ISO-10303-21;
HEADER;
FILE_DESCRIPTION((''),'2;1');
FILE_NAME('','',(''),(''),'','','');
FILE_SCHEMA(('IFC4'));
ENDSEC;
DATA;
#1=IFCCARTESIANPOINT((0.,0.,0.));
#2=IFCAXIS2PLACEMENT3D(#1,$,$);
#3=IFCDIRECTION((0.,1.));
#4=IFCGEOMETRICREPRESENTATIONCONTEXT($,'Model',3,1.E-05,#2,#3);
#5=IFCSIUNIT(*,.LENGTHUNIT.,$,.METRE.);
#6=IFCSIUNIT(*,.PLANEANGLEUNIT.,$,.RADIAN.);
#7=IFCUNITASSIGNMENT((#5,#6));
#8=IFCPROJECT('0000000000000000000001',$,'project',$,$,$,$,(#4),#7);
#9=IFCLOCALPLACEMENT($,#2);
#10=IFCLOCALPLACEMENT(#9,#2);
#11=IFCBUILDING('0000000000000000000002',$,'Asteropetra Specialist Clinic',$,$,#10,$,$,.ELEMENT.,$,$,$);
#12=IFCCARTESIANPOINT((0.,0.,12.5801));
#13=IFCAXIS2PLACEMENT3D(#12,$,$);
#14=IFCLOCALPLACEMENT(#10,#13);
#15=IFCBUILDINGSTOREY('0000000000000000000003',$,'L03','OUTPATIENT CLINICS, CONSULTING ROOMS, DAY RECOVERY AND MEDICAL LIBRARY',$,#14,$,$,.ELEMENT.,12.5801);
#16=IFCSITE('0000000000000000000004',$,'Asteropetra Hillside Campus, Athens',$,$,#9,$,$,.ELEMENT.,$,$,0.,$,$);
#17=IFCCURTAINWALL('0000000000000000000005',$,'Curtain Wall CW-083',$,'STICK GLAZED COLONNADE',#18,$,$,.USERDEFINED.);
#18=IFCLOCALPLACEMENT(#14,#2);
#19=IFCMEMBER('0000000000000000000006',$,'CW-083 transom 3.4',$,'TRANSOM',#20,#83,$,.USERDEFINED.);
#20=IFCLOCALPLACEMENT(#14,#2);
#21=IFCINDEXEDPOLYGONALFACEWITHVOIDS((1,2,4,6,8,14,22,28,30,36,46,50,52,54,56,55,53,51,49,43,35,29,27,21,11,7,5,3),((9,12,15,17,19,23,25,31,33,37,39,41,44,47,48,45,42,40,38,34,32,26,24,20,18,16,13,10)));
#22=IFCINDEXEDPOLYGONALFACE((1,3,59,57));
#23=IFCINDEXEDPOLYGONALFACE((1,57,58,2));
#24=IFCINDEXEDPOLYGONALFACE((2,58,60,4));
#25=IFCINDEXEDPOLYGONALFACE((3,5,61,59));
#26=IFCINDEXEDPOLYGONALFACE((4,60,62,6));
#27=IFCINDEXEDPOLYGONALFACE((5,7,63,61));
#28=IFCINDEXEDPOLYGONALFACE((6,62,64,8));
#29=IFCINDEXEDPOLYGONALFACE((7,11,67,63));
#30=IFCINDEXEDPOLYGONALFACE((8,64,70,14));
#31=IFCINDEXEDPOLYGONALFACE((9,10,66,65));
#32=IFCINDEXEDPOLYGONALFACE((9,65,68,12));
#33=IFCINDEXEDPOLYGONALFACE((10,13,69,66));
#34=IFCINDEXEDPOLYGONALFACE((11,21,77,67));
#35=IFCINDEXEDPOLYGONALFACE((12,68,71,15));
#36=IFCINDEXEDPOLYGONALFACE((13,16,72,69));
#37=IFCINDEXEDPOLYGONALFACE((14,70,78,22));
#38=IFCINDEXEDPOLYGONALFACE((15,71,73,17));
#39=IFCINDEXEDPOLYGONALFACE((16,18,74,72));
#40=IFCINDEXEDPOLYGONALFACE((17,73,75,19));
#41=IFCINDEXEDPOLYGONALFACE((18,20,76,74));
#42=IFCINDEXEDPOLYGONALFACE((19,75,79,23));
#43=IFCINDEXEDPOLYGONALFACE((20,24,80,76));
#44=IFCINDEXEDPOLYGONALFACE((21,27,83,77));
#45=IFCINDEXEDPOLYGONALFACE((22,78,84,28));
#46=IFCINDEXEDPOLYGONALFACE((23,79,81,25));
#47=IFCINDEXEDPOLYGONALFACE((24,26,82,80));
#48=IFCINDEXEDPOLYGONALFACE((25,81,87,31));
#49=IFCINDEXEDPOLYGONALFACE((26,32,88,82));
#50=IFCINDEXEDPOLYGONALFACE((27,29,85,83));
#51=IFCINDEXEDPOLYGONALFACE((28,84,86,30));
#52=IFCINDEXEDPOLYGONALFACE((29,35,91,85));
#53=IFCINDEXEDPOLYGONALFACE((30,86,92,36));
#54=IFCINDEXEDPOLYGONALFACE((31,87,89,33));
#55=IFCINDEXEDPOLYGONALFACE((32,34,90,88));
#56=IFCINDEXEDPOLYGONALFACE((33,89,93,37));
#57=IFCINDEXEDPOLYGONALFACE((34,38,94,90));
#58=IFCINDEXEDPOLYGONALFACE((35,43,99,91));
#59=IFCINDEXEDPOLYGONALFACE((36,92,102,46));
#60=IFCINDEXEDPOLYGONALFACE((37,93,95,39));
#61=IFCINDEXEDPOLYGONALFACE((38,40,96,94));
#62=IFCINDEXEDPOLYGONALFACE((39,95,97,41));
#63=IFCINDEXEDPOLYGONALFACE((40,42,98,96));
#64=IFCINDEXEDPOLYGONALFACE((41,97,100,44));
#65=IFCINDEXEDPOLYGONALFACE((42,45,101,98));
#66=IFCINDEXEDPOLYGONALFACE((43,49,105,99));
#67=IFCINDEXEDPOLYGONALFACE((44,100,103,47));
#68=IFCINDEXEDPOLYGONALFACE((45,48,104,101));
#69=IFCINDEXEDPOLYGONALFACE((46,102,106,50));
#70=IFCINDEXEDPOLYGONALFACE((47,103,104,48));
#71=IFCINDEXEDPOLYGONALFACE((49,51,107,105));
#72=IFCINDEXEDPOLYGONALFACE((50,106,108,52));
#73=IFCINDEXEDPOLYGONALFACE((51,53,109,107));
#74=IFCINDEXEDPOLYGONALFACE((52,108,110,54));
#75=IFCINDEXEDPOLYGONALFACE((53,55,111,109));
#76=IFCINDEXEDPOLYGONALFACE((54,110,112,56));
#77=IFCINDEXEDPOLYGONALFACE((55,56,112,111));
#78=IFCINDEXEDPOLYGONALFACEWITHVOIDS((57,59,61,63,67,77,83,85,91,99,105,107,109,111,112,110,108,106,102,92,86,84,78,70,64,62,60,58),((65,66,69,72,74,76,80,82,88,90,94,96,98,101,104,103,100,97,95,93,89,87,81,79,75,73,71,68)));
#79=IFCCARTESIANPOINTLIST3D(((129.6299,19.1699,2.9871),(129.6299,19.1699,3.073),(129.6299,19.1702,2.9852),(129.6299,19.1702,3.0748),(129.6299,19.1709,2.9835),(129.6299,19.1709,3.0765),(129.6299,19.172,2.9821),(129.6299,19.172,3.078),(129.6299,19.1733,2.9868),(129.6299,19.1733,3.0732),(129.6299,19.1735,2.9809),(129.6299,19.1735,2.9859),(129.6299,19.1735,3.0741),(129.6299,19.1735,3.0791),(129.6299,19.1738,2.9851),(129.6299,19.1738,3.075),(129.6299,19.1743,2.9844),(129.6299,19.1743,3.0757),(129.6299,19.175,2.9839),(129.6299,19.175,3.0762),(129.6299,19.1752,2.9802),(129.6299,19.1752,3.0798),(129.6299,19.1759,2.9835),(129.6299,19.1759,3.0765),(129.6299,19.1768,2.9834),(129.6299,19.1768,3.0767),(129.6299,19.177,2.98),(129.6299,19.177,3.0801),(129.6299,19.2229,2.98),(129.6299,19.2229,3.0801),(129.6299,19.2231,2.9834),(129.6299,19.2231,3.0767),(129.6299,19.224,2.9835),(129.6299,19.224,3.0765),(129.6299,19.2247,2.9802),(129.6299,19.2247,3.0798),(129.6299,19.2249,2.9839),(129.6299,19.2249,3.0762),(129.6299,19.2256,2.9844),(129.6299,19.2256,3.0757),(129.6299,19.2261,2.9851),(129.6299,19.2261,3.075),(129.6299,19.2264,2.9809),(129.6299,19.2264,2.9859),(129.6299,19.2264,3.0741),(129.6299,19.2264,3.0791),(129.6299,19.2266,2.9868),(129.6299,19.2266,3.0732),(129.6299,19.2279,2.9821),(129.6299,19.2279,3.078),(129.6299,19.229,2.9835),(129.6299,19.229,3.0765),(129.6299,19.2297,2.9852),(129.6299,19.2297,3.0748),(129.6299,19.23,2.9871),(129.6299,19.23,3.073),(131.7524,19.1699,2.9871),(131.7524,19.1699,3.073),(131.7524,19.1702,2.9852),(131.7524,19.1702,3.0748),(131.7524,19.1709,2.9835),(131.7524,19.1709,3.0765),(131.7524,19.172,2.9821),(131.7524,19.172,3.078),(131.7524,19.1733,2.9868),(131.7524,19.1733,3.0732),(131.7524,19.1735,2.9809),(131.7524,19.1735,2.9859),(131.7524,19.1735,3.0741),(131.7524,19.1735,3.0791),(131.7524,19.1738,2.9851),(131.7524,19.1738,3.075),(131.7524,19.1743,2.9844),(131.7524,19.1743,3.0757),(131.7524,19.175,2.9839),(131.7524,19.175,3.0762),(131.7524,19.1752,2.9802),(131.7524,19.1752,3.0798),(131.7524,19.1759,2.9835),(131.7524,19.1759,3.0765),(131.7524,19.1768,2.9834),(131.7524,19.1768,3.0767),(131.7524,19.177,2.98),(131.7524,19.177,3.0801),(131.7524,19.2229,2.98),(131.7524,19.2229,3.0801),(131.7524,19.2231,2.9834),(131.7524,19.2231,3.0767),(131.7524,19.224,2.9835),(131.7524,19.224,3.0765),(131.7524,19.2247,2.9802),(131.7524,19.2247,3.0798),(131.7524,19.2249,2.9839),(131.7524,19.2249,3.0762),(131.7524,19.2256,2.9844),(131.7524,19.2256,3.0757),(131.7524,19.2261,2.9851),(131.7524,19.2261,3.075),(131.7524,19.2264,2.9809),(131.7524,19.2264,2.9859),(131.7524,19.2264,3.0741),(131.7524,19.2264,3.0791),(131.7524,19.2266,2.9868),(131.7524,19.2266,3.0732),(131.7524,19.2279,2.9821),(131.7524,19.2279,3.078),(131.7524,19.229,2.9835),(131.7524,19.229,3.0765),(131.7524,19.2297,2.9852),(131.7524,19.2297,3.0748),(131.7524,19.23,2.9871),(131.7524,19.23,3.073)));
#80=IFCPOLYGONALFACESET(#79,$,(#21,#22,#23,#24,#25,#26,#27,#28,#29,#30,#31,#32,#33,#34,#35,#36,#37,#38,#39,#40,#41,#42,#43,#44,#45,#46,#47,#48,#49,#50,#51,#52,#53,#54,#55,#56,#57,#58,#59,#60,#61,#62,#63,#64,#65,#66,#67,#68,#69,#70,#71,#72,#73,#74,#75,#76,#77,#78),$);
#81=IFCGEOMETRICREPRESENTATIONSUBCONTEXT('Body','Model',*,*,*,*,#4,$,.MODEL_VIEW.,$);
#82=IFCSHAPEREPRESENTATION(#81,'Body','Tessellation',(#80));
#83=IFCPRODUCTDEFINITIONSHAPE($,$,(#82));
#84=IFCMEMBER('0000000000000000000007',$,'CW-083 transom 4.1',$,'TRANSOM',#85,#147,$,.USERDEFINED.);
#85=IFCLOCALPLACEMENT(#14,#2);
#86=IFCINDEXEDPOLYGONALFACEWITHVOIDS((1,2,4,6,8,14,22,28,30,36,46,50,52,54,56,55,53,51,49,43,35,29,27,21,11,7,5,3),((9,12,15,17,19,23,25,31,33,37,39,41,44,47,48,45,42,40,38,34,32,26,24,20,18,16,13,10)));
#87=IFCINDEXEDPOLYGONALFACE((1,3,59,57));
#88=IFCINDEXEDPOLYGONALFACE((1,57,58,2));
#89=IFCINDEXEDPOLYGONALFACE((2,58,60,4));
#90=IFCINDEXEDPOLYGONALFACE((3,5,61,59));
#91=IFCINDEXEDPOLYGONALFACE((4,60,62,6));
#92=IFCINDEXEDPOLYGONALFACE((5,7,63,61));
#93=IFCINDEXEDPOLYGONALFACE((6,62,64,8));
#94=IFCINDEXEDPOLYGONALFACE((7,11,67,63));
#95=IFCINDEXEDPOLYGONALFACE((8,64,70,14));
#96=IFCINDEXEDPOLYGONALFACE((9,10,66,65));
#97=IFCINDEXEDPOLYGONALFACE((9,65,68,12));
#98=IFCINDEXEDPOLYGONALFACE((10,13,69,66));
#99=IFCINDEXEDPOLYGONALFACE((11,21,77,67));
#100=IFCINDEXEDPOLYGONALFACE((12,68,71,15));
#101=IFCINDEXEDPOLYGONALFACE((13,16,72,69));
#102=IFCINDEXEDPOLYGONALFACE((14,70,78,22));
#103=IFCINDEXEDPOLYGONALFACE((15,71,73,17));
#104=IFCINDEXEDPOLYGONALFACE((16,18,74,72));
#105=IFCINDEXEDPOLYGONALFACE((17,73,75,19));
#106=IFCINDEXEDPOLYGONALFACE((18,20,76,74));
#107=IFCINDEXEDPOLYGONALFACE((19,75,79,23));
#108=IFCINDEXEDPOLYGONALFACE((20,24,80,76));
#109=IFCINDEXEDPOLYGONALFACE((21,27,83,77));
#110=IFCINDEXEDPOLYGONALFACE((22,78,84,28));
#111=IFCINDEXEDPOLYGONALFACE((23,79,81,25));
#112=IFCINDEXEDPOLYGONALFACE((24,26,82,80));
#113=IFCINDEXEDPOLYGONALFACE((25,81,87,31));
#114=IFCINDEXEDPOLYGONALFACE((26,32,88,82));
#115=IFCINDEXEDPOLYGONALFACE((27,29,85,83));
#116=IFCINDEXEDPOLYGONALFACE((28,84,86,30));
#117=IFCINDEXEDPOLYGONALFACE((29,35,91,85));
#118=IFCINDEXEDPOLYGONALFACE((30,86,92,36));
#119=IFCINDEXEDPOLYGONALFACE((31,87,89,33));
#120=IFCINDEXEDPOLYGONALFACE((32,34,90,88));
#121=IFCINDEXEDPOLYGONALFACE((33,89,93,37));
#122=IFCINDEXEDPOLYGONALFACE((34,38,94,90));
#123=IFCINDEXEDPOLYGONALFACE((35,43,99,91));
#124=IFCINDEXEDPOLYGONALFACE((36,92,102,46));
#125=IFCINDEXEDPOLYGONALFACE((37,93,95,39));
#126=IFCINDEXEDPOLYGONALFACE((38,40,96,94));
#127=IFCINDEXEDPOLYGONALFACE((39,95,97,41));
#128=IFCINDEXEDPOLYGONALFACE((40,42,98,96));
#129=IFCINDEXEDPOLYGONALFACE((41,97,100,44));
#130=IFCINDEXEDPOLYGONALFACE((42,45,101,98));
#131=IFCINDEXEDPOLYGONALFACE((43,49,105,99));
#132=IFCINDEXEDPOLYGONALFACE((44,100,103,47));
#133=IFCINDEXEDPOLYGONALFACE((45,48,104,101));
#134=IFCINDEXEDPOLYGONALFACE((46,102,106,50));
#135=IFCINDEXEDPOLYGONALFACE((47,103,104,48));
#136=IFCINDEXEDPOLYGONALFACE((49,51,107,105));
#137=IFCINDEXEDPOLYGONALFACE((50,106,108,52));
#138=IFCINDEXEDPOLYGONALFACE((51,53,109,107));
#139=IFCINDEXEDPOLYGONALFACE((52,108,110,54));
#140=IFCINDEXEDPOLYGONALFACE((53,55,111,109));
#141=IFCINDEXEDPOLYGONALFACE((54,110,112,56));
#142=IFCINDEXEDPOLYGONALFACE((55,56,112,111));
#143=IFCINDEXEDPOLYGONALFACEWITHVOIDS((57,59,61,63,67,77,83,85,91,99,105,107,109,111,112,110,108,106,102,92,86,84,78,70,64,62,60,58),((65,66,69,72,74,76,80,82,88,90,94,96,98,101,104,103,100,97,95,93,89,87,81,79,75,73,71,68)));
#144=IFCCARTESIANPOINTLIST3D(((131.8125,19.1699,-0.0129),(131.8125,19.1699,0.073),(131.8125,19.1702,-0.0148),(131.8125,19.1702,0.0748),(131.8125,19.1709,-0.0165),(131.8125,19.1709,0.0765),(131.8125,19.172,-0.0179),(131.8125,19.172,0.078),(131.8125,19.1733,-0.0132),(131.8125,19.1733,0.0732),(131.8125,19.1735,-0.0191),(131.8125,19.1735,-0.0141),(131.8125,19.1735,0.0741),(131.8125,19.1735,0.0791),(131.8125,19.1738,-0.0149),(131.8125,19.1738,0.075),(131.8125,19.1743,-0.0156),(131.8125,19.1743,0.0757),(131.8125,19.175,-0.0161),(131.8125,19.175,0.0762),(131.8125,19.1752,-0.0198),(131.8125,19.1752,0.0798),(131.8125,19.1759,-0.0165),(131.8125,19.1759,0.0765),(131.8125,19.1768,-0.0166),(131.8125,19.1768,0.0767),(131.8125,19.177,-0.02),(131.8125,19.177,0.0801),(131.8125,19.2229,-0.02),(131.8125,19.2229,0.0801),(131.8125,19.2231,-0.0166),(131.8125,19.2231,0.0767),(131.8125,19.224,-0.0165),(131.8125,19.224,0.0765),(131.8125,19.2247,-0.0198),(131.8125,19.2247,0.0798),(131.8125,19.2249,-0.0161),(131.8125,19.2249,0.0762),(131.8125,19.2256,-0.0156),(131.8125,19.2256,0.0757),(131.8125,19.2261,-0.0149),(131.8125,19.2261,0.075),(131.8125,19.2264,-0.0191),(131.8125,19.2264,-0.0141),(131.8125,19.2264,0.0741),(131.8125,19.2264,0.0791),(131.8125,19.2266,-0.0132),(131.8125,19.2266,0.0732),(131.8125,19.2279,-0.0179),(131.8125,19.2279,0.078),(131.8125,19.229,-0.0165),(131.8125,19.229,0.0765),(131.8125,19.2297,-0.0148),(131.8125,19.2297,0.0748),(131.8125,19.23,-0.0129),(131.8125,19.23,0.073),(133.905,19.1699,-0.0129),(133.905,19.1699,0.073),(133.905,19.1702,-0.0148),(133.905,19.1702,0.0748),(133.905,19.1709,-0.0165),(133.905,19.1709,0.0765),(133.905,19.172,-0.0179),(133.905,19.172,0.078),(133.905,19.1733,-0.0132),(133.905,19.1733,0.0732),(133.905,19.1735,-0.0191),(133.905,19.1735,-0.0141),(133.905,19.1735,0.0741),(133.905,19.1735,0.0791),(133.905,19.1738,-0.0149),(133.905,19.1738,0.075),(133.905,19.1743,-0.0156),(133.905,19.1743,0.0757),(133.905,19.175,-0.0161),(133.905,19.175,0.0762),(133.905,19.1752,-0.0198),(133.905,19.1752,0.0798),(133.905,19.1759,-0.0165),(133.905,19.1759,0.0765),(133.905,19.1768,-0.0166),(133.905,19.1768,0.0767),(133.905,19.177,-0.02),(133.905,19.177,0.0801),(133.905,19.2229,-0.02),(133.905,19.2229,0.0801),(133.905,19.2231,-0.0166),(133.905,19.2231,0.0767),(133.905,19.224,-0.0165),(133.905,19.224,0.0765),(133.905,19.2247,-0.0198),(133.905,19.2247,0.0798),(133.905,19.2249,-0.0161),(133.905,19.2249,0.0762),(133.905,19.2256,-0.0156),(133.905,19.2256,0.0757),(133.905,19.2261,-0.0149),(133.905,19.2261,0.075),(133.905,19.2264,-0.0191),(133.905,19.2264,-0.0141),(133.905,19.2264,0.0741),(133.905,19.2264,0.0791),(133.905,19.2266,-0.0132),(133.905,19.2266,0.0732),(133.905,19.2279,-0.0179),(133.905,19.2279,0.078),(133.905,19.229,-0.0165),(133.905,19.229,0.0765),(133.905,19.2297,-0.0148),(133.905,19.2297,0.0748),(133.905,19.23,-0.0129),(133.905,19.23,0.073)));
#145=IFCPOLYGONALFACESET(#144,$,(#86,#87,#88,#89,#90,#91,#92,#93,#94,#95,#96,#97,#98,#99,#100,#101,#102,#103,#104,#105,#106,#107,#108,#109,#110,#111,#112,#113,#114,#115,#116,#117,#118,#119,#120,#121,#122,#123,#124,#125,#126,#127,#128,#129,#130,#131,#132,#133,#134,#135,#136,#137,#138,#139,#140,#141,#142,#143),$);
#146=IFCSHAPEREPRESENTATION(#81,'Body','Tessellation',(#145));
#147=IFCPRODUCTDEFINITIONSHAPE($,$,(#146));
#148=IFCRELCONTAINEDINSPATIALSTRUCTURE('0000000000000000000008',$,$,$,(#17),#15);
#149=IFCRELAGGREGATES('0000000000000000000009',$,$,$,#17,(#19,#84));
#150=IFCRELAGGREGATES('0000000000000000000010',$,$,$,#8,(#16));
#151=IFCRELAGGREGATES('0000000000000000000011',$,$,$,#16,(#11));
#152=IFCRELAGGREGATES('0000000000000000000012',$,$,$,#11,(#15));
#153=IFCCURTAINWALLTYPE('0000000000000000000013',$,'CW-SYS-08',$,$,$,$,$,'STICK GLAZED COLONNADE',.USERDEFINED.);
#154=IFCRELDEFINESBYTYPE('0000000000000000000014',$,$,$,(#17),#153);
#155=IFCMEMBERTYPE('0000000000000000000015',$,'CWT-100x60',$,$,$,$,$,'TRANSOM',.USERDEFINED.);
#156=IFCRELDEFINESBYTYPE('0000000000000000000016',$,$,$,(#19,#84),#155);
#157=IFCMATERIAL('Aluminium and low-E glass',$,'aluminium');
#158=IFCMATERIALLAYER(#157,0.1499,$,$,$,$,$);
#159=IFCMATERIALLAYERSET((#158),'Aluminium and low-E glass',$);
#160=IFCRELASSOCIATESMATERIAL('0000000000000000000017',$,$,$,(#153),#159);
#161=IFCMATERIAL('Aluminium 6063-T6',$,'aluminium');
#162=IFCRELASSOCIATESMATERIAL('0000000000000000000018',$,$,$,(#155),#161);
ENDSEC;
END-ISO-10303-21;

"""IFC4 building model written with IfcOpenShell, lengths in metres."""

from ifc_helpers import new_model, si_unit, direction, frame, origin, origin_2d, place, context, subcontext, project, spatial, hollow_rectangle, extrude, material, layer, layer_set, material_profile, profile_set, type_object, element, aggregate, save


model = new_model("IFC4")

# Units and contexts
model_context = context("Model", 3, precision=1e-05, world=origin(), true_north=direction((0.0, 1.0)))
body_context = subcontext(model_context, "Body", "Model", "MODEL_VIEW")
ifc_project = project(units=[si_unit("LENGTHUNIT", "METRE"), si_unit("PLANEANGLEUNIT", "RADIAN")], contexts=[model_context])

# Site, building, storey
site_placement = place(None, origin())
site = spatial("IfcSite", under=ifc_project, at=site_placement, Name="Asteropetra Hillside Campus, Athens", CompositionType="ELEMENT", RefElevation=0.0)
building_placement = place(site_placement, origin())
building = spatial("IfcBuilding", under=site, at=building_placement, Name="Asteropetra Specialist Clinic", CompositionType="ELEMENT")
storey_placement = place(building_placement, frame((0.0, 0.0, 12.5801)))
storey = spatial("IfcBuildingStorey", under=building, at=storey_placement, Name="L03", Description="OUTPATIENT CLINICS, CONSULTING ROOMS, DAY RECOVERY AND MEDICAL LIBRARY", CompositionType="ELEMENT", Elevation=12.5801)

# Curtain wall, members
ifc_material_1 = material(Name="Aluminium and low-E glass", Category="aluminium")
ifc_layer_1 = layer(ifc_material_1, 0.1499)
ifc_layer_set_1 = layer_set([ifc_layer_1], Name="Aluminium and low-E glass")
curtain_wall_type = type_object("IfcCurtainWallType", Name="CW-SYS-08", ElementType="STICK GLAZED COLONNADE", PredefinedType="USERDEFINED", material=ifc_layer_set_1)
curtain_wall_placement = place(storey_placement, origin())
curtain_wall = element("IfcCurtainWall", 1, at=curtain_wall_placement, inside=storey, type_object=curtain_wall_type, Name="Curtain Wall CW-083", ObjectType="STICK GLAZED COLONNADE", PredefinedType="USERDEFINED")
ifc_material_2 = material(Name="Aluminium 6063-T6", Category="aluminium")
ifc_material_profile_1 = material_profile(ifc_material_2, hollow_rectangle(XDim=0.0601, YDim=0.1001, WallThickness=0.0034, InnerFilletRadius=0.0034, OuterFilletRadius=0.0071, at=origin_2d()), Name="TRN 100x60x3.5")
ifc_profile_set_1 = profile_set([ifc_material_profile_1], Name="Aluminium 6063-T6")
member_type_1 = type_object("IfcMemberType", Name="CWT-100x60", ElementType="TRANSOM", PredefinedType="USERDEFINED", material=ifc_profile_set_1)
member_1_placement = place(storey_placement, frame((129.6299, 19.2, 3.03), z_axis=(1.0, 0.0, 0.0), x_axis=(0.0, 1.0, 0.0)))
member_1 = element("IfcMember", 2, at=member_1_placement, type_object=member_type_1, Name="CW-083 transom 3.4", ObjectType="TRANSOM", PredefinedType="USERDEFINED", context=body_context, shape_type="SweptSolid", body=[
    extrude(hollow_rectangle(XDim=0.0601, YDim=0.1001, WallThickness=0.0034, InnerFilletRadius=0.0034, OuterFilletRadius=0.0071, at=origin_2d()), origin(), (0.0, 0.0, 1.0), 2.1226),
])
member_2_placement = place(storey_placement, frame((131.8125, 19.2, 0.03), z_axis=(1.0, 0.0, 0.0), x_axis=(0.0, 1.0, 0.0)))
member_2 = element("IfcMember", 3, at=member_2_placement, type_object=member_type_1, Name="CW-083 transom 4.1", ObjectType="TRANSOM", PredefinedType="USERDEFINED", context=body_context, shape_type="SweptSolid", body=[
    extrude(hollow_rectangle(XDim=0.0601, YDim=0.1001, WallThickness=0.0034, InnerFilletRadius=0.0034, OuterFilletRadius=0.0071, at=origin_2d()), origin(), (0.0, 0.0, 1.0), 2.0925),
])

aggregate(curtain_wall, [member_1, member_2])

save(model, "model.ifc")
